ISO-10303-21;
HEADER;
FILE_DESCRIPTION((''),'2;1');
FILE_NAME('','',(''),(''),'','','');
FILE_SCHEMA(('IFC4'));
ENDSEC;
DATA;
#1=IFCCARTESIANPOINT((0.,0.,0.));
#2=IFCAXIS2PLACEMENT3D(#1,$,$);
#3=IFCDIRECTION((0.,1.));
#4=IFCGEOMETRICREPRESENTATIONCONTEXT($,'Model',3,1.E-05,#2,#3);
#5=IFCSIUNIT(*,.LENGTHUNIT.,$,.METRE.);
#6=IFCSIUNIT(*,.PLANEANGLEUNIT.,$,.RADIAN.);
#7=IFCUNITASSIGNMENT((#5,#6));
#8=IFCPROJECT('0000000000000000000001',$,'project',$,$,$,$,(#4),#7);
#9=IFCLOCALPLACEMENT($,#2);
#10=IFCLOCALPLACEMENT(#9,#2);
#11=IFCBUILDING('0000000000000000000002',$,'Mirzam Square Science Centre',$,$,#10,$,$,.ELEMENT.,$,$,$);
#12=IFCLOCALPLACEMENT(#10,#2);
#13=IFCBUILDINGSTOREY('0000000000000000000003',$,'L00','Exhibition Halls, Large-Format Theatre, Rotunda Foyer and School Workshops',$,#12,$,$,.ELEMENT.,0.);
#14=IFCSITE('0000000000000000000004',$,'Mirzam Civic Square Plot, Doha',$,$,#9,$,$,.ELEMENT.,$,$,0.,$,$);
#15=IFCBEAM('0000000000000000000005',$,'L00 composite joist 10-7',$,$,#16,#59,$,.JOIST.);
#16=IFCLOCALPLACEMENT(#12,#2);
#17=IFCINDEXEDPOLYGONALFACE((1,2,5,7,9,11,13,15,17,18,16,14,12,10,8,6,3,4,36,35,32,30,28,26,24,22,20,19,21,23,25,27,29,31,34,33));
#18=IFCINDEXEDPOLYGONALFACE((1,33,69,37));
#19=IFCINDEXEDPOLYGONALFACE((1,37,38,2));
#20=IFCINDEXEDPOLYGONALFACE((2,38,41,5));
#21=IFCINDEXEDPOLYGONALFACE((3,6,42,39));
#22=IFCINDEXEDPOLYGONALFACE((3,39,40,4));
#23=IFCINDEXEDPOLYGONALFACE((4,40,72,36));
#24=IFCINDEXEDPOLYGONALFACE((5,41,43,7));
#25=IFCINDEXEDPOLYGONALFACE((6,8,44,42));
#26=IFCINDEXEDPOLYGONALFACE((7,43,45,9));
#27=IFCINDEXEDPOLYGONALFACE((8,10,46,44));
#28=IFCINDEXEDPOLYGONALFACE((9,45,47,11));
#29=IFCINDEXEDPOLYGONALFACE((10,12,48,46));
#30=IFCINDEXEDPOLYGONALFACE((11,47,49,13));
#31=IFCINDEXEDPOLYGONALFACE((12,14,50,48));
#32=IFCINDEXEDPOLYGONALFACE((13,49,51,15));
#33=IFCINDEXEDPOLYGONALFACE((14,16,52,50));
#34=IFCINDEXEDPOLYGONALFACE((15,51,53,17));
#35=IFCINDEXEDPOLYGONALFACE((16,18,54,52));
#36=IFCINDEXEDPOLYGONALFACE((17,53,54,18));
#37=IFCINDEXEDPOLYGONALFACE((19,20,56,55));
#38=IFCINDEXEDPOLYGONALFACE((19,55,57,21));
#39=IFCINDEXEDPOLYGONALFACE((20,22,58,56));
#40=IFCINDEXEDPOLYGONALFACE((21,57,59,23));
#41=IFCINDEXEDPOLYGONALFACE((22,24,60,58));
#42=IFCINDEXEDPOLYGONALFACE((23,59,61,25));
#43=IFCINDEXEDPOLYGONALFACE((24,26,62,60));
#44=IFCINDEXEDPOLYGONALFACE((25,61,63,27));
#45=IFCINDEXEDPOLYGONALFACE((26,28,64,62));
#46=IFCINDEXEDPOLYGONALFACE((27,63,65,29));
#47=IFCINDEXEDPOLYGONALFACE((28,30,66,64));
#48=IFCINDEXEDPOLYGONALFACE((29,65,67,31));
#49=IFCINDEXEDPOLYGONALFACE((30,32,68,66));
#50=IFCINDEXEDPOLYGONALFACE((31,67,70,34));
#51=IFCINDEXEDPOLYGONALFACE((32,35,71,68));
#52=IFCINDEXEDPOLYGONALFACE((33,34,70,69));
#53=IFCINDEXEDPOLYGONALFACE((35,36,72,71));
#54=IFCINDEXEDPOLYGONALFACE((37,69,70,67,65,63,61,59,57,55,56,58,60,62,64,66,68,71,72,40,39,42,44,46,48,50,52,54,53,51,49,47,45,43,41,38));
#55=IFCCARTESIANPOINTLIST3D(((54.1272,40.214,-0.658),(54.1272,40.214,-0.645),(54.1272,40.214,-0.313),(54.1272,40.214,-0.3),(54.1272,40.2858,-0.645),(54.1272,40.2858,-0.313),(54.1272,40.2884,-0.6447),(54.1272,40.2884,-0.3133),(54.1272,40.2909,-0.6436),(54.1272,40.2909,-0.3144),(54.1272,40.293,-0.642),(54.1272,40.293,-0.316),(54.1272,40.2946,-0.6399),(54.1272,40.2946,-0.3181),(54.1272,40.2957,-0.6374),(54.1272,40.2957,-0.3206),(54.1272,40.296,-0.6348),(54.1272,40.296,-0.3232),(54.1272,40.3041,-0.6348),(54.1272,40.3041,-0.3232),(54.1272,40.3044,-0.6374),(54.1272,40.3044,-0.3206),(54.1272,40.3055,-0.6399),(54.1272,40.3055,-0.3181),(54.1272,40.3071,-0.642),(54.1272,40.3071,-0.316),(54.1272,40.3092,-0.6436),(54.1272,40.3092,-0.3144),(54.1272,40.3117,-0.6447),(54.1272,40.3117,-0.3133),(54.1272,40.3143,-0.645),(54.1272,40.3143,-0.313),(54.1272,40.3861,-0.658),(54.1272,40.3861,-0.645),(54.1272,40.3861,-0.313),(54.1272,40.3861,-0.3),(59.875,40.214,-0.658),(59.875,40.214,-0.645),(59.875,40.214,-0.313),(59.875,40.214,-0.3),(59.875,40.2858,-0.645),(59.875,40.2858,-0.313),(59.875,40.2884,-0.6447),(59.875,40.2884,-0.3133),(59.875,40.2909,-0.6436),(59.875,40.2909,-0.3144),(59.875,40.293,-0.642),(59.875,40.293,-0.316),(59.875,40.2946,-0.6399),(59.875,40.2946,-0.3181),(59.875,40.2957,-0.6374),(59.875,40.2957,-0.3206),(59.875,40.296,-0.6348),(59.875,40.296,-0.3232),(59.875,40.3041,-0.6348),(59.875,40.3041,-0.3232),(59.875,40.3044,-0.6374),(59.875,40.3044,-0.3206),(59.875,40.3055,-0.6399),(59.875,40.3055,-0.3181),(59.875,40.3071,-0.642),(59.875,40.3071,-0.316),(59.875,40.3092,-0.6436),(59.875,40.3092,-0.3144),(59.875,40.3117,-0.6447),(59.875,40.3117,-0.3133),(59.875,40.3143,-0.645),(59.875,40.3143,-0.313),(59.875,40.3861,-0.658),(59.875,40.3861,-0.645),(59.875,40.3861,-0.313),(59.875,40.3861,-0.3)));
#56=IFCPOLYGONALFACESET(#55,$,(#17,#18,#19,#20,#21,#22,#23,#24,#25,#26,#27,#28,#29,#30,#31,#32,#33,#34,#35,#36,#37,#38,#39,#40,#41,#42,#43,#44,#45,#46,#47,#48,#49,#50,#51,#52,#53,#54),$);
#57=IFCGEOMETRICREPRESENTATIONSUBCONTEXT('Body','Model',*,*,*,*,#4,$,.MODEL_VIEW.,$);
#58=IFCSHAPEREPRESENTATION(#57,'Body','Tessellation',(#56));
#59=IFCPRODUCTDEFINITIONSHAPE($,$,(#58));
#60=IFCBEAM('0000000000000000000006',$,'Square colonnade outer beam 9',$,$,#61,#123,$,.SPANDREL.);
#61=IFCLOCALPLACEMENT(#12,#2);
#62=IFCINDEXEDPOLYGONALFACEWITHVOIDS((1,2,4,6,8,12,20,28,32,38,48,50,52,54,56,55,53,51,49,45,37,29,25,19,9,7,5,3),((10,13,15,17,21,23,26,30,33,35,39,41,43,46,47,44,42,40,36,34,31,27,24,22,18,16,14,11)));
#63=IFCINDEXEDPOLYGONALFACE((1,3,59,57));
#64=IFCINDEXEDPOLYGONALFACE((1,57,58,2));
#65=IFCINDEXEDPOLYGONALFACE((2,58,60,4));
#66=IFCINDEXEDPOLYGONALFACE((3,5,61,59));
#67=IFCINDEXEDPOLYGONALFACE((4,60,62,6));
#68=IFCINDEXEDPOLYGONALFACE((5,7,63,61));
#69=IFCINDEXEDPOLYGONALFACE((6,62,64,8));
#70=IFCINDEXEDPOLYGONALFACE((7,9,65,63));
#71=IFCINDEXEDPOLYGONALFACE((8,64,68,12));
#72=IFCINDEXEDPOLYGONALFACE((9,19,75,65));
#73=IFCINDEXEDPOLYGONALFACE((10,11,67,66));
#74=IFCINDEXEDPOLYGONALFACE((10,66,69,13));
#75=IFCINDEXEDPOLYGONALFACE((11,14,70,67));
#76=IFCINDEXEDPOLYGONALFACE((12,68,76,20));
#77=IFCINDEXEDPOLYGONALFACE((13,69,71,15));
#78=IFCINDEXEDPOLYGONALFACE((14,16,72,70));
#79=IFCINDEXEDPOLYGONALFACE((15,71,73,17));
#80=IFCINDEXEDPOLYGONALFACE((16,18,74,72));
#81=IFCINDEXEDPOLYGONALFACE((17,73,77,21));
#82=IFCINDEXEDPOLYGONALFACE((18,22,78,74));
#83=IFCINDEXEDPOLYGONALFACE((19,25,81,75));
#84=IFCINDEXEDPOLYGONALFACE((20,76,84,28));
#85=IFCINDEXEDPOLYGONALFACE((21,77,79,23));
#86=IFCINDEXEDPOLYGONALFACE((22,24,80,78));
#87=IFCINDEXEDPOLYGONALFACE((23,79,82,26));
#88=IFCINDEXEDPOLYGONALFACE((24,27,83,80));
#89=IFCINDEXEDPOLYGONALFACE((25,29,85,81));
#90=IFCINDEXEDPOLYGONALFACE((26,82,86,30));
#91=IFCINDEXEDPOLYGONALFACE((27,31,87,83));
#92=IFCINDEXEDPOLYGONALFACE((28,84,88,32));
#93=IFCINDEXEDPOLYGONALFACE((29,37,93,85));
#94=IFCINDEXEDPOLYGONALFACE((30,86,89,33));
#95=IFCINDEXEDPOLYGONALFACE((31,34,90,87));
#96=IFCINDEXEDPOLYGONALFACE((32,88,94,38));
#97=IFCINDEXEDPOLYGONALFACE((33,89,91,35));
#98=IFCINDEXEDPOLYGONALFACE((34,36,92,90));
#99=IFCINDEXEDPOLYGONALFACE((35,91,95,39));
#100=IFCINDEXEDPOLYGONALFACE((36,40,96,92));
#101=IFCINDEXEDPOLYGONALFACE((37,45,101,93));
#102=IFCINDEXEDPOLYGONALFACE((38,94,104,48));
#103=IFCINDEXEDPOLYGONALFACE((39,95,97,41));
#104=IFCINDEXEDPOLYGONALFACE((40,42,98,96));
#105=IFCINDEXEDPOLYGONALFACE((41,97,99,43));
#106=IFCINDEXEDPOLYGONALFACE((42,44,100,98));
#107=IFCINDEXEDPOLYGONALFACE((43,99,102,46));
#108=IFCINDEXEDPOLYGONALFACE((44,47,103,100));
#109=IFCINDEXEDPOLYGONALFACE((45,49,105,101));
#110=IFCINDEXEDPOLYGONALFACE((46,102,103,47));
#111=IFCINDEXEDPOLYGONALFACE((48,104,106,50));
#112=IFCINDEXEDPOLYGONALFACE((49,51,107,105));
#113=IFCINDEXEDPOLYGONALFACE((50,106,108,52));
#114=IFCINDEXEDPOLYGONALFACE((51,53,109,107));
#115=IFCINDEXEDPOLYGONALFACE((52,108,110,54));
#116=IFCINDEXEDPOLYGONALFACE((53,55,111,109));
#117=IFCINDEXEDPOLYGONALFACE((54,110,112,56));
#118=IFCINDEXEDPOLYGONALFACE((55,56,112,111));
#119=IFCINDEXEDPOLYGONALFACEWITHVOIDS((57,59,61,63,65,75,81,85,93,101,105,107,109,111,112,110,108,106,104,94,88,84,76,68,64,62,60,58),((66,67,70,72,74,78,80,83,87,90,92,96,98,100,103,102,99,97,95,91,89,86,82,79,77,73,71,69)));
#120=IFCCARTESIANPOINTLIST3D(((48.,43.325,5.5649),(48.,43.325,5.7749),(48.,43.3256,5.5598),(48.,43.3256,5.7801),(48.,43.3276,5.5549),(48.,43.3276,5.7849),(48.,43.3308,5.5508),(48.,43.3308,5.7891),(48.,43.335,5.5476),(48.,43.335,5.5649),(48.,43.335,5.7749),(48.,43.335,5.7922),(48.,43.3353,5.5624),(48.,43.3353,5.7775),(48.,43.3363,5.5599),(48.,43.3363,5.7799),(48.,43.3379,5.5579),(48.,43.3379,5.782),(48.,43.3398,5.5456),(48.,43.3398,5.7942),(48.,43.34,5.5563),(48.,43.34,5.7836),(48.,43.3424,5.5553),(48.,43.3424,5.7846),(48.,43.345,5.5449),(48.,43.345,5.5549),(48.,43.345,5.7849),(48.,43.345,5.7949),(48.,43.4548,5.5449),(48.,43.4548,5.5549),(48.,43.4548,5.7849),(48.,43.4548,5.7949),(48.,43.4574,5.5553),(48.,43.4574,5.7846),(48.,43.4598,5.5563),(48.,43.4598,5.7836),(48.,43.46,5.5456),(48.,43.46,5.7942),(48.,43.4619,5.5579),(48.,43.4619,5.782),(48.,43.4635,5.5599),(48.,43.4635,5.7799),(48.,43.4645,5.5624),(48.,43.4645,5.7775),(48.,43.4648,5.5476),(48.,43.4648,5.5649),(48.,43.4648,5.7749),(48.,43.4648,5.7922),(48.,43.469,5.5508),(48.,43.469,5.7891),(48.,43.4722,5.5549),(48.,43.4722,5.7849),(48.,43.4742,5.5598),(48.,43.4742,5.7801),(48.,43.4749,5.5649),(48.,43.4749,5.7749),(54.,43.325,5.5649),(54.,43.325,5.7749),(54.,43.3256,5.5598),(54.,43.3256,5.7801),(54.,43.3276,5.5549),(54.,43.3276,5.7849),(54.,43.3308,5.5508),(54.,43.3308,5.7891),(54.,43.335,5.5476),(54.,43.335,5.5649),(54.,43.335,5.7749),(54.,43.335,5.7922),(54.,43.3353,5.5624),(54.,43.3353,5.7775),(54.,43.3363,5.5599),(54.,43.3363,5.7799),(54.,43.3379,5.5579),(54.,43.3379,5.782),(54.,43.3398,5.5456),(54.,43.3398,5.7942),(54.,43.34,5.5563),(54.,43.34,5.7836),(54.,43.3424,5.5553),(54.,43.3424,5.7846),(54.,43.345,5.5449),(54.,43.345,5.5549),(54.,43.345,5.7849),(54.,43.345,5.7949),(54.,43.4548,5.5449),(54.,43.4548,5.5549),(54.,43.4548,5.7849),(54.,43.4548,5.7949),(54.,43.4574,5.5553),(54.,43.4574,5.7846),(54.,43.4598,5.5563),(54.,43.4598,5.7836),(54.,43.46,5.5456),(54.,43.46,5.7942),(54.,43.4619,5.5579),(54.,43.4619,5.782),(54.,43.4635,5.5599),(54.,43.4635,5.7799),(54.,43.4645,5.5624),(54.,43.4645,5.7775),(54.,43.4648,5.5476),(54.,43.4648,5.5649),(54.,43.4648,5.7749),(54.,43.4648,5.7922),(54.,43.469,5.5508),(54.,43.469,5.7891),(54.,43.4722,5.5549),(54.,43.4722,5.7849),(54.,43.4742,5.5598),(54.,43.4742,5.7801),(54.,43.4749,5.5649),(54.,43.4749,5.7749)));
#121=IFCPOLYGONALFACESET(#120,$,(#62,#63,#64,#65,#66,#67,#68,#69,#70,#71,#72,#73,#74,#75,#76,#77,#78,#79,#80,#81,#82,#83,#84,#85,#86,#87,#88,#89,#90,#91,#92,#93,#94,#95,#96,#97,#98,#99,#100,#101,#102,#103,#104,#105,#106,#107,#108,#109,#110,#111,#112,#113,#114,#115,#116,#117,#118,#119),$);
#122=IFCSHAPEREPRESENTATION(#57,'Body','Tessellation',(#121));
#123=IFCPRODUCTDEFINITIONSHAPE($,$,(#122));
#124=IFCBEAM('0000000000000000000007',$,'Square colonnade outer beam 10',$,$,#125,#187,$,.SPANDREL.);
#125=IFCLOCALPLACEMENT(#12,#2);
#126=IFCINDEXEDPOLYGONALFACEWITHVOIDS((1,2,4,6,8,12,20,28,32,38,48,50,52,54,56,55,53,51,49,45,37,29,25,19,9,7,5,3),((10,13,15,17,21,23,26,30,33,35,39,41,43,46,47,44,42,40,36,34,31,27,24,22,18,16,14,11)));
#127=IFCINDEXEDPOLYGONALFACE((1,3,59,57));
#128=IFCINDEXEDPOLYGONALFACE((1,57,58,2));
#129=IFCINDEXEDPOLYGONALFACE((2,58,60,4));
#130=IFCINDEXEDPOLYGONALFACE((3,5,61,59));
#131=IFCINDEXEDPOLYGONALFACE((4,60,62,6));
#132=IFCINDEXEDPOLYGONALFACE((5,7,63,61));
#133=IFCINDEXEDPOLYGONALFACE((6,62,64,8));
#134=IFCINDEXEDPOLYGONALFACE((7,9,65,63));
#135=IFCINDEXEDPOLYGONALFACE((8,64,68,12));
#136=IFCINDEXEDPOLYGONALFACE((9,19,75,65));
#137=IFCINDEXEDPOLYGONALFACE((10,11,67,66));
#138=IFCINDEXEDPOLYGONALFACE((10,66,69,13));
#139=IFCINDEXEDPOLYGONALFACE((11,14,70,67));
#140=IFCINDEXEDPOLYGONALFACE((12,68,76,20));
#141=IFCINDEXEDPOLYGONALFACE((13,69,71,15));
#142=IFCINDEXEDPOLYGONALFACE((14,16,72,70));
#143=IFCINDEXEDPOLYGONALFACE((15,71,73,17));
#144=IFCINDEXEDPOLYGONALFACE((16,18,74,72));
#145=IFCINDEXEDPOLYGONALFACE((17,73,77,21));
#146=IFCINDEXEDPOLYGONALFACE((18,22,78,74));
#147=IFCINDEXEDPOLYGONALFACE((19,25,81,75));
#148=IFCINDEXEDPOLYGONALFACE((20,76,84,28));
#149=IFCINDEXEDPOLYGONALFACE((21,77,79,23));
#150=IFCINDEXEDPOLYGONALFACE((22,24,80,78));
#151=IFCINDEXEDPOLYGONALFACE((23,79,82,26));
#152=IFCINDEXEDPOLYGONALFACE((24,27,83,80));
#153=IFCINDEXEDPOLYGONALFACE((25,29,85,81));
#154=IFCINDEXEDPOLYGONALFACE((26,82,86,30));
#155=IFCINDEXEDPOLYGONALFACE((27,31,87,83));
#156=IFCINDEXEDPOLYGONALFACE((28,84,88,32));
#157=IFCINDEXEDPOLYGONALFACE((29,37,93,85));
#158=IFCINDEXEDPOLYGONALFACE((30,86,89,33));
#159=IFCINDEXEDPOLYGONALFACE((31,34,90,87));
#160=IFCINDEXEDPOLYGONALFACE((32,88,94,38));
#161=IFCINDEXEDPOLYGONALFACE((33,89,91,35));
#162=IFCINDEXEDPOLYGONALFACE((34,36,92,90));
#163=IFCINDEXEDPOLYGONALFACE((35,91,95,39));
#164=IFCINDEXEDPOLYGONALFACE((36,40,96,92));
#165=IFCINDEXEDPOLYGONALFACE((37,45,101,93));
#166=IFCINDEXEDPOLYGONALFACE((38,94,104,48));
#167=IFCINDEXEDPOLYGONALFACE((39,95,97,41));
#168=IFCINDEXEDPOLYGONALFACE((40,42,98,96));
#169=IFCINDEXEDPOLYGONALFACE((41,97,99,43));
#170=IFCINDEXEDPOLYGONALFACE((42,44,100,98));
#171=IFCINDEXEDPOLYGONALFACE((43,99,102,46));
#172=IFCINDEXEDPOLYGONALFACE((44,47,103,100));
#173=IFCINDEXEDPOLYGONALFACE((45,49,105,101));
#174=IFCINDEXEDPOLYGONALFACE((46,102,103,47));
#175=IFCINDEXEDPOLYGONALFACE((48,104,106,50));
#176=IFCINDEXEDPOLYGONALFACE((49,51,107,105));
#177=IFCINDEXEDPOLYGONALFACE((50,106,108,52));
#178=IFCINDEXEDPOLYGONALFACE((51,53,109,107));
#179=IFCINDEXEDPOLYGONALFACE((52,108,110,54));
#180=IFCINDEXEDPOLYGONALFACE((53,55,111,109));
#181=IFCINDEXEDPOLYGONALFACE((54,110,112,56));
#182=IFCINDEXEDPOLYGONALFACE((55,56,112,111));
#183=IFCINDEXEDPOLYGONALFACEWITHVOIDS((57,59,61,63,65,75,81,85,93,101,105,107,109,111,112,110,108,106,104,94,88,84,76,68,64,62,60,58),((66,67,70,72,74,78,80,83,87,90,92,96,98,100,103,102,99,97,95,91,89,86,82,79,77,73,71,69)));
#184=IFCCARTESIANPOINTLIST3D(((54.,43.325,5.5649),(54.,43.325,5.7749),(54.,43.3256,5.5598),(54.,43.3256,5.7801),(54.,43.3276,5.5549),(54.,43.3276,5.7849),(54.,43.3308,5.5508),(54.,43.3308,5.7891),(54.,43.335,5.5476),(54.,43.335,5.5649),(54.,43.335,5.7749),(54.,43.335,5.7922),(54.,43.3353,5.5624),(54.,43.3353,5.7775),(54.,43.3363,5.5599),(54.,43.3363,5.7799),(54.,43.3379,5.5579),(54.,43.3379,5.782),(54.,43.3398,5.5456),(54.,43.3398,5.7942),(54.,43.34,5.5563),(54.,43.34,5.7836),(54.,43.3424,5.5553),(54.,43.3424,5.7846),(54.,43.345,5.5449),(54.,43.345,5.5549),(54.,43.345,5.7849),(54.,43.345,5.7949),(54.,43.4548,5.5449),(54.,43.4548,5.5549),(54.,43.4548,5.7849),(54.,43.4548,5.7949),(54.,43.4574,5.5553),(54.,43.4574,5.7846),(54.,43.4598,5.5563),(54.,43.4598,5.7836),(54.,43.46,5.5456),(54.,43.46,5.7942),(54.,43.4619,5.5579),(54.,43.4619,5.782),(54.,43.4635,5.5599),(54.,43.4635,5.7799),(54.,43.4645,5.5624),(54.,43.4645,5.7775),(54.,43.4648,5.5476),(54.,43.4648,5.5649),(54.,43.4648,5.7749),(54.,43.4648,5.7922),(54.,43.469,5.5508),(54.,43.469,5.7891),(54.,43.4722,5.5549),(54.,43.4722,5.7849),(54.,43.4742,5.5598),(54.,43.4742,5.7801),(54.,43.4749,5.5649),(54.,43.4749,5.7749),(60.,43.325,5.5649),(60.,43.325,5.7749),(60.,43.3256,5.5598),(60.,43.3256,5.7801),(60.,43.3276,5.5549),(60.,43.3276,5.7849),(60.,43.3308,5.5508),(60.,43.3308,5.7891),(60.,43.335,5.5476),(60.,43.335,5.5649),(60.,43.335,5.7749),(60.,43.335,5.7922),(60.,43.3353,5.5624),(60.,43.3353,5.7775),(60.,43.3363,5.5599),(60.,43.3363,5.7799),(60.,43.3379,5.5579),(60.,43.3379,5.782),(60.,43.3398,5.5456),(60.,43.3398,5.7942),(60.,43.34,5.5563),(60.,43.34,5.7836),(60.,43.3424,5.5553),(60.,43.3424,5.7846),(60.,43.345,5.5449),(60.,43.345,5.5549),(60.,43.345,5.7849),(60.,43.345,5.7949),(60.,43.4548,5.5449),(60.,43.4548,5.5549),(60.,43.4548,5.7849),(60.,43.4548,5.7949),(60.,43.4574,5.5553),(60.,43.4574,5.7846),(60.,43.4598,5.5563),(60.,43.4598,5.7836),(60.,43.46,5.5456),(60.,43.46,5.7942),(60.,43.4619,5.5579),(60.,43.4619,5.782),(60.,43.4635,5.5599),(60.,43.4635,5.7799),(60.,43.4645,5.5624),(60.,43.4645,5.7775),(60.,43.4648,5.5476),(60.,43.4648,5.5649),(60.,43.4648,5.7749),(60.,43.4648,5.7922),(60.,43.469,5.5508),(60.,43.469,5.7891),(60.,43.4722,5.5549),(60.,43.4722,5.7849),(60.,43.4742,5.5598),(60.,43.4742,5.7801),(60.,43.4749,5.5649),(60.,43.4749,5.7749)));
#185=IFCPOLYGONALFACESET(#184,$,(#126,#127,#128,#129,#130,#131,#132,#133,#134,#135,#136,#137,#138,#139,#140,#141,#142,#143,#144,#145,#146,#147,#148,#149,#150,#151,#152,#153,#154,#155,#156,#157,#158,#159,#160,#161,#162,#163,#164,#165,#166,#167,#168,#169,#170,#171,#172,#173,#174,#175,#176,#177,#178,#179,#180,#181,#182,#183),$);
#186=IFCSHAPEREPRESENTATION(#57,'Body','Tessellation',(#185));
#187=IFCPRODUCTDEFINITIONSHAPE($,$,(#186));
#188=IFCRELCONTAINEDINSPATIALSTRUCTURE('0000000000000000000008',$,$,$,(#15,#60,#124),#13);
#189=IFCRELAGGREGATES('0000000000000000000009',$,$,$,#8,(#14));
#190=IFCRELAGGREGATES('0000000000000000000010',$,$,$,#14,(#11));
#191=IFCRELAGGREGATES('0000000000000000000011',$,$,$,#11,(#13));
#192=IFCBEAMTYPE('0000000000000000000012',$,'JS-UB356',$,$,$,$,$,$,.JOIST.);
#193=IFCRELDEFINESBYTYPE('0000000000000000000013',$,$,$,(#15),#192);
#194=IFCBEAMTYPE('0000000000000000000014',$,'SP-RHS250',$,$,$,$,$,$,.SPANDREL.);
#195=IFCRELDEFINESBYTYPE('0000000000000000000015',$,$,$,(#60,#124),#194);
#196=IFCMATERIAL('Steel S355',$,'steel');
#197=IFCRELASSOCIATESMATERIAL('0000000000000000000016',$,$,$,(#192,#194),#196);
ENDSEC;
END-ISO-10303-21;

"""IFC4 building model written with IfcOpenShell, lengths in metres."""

from ifc_helpers import new_model, si_unit, direction, frame, origin, origin_2d, place, context, subcontext, project, spatial, hollow_rectangle, i_section, extrude, material, material_profile, profile_set, type_object, element, save


model = new_model("IFC4")

# Units and contexts
model_context = context("Model", 3, precision=1e-05, world=origin(), true_north=direction((0.0, 1.0)))
body_context = subcontext(model_context, "Body", "Model", "MODEL_VIEW")
ifc_project = project(units=[si_unit("LENGTHUNIT", "METRE"), si_unit("PLANEANGLEUNIT", "RADIAN")], contexts=[model_context])

# Site, building, storey
site_placement = place(None, origin())
site = spatial("IfcSite", under=ifc_project, at=site_placement, Name="Mirzam Civic Square Plot, Doha", CompositionType="ELEMENT", RefElevation=0.0)
building_placement = place(site_placement, origin())
building = spatial("IfcBuilding", under=site, at=building_placement, Name="Mirzam Square Science Centre", CompositionType="ELEMENT")
storey_placement = place(building_placement, origin())
storey = spatial("IfcBuildingStorey", under=building, at=storey_placement, Name="L00", Description="Exhibition Halls, Large-Format Theatre, Rotunda Foyer and School Workshops", CompositionType="ELEMENT", Elevation=0.0)

# Shared definitions
ifc_material_1 = material(Name="Steel S355", Category="steel")

# Beams
ifc_material_profile_1 = material_profile(ifc_material_1, i_section(OverallWidth=0.1721, OverallDepth=0.3579, WebThickness=0.0081, FlangeThickness=0.0129, FilletRadius=0.0103, at=origin_2d()), Name="356x171x57UB")
ifc_profile_set_1 = profile_set([ifc_material_profile_1], Name="Steel S355")
beam_type_1 = type_object("IfcBeamType", Name="JS-UB356", PredefinedType="JOIST", material=ifc_profile_set_1)
beam_1_placement = place(storey_placement, frame((54.1272, 40.3, -0.479), z_axis=(1.0, 0.0, 0.0), x_axis=(0.0, 1.0, 0.0)))
element("IfcBeam", 1, at=beam_1_placement, inside=storey, type_object=beam_type_1, Name="L00 composite joist 10-7", PredefinedType="JOIST", context=body_context, shape_type="SweptSolid", body=[
    extrude(i_section(OverallWidth=0.1721, OverallDepth=0.3579, WebThickness=0.0081, FlangeThickness=0.0129, FilletRadius=0.0103, at=origin_2d()), origin(), (0.0, 0.0, 1.0), 5.7478),
])
ifc_material_profile_2 = material_profile(ifc_material_1, hollow_rectangle(XDim=0.1499, YDim=0.25, WallThickness=0.01, InnerFilletRadius=0.01, OuterFilletRadius=0.02, at=origin_2d()), Name="250x150x10.0RHS")
ifc_profile_set_2 = profile_set([ifc_material_profile_2], Name="Steel S355")
beam_type_2 = type_object("IfcBeamType", Name="SP-RHS250", PredefinedType="SPANDREL", material=ifc_profile_set_2)
for number, where, z_axis, x_axis, name in (
    (2, (48.0, 43.3999, 5.6699), (1.0, 0.0, 0.0), (0.0, 1.0, 0.0), "Square colonnade outer beam 9"),
    (3, (54.0, 43.3999, 5.6699), (1.0, 0.0, 0.0), (0.0, 1.0, 0.0), "Square colonnade outer beam 10"),
):
    element("IfcBeam", number, at=place(storey_placement, frame(where, z_axis=z_axis, x_axis=x_axis)), inside=storey, type_object=beam_type_2, Name=name, PredefinedType="SPANDREL", context=body_context, shape_type="SweptSolid", body=[
        extrude(hollow_rectangle(XDim=0.1499, YDim=0.25, WallThickness=0.01, InnerFilletRadius=0.01, OuterFilletRadius=0.02, at=origin_2d()), origin(), (0.0, 0.0, 1.0), 6.0),
    ])

save(model, "model.ifc")
